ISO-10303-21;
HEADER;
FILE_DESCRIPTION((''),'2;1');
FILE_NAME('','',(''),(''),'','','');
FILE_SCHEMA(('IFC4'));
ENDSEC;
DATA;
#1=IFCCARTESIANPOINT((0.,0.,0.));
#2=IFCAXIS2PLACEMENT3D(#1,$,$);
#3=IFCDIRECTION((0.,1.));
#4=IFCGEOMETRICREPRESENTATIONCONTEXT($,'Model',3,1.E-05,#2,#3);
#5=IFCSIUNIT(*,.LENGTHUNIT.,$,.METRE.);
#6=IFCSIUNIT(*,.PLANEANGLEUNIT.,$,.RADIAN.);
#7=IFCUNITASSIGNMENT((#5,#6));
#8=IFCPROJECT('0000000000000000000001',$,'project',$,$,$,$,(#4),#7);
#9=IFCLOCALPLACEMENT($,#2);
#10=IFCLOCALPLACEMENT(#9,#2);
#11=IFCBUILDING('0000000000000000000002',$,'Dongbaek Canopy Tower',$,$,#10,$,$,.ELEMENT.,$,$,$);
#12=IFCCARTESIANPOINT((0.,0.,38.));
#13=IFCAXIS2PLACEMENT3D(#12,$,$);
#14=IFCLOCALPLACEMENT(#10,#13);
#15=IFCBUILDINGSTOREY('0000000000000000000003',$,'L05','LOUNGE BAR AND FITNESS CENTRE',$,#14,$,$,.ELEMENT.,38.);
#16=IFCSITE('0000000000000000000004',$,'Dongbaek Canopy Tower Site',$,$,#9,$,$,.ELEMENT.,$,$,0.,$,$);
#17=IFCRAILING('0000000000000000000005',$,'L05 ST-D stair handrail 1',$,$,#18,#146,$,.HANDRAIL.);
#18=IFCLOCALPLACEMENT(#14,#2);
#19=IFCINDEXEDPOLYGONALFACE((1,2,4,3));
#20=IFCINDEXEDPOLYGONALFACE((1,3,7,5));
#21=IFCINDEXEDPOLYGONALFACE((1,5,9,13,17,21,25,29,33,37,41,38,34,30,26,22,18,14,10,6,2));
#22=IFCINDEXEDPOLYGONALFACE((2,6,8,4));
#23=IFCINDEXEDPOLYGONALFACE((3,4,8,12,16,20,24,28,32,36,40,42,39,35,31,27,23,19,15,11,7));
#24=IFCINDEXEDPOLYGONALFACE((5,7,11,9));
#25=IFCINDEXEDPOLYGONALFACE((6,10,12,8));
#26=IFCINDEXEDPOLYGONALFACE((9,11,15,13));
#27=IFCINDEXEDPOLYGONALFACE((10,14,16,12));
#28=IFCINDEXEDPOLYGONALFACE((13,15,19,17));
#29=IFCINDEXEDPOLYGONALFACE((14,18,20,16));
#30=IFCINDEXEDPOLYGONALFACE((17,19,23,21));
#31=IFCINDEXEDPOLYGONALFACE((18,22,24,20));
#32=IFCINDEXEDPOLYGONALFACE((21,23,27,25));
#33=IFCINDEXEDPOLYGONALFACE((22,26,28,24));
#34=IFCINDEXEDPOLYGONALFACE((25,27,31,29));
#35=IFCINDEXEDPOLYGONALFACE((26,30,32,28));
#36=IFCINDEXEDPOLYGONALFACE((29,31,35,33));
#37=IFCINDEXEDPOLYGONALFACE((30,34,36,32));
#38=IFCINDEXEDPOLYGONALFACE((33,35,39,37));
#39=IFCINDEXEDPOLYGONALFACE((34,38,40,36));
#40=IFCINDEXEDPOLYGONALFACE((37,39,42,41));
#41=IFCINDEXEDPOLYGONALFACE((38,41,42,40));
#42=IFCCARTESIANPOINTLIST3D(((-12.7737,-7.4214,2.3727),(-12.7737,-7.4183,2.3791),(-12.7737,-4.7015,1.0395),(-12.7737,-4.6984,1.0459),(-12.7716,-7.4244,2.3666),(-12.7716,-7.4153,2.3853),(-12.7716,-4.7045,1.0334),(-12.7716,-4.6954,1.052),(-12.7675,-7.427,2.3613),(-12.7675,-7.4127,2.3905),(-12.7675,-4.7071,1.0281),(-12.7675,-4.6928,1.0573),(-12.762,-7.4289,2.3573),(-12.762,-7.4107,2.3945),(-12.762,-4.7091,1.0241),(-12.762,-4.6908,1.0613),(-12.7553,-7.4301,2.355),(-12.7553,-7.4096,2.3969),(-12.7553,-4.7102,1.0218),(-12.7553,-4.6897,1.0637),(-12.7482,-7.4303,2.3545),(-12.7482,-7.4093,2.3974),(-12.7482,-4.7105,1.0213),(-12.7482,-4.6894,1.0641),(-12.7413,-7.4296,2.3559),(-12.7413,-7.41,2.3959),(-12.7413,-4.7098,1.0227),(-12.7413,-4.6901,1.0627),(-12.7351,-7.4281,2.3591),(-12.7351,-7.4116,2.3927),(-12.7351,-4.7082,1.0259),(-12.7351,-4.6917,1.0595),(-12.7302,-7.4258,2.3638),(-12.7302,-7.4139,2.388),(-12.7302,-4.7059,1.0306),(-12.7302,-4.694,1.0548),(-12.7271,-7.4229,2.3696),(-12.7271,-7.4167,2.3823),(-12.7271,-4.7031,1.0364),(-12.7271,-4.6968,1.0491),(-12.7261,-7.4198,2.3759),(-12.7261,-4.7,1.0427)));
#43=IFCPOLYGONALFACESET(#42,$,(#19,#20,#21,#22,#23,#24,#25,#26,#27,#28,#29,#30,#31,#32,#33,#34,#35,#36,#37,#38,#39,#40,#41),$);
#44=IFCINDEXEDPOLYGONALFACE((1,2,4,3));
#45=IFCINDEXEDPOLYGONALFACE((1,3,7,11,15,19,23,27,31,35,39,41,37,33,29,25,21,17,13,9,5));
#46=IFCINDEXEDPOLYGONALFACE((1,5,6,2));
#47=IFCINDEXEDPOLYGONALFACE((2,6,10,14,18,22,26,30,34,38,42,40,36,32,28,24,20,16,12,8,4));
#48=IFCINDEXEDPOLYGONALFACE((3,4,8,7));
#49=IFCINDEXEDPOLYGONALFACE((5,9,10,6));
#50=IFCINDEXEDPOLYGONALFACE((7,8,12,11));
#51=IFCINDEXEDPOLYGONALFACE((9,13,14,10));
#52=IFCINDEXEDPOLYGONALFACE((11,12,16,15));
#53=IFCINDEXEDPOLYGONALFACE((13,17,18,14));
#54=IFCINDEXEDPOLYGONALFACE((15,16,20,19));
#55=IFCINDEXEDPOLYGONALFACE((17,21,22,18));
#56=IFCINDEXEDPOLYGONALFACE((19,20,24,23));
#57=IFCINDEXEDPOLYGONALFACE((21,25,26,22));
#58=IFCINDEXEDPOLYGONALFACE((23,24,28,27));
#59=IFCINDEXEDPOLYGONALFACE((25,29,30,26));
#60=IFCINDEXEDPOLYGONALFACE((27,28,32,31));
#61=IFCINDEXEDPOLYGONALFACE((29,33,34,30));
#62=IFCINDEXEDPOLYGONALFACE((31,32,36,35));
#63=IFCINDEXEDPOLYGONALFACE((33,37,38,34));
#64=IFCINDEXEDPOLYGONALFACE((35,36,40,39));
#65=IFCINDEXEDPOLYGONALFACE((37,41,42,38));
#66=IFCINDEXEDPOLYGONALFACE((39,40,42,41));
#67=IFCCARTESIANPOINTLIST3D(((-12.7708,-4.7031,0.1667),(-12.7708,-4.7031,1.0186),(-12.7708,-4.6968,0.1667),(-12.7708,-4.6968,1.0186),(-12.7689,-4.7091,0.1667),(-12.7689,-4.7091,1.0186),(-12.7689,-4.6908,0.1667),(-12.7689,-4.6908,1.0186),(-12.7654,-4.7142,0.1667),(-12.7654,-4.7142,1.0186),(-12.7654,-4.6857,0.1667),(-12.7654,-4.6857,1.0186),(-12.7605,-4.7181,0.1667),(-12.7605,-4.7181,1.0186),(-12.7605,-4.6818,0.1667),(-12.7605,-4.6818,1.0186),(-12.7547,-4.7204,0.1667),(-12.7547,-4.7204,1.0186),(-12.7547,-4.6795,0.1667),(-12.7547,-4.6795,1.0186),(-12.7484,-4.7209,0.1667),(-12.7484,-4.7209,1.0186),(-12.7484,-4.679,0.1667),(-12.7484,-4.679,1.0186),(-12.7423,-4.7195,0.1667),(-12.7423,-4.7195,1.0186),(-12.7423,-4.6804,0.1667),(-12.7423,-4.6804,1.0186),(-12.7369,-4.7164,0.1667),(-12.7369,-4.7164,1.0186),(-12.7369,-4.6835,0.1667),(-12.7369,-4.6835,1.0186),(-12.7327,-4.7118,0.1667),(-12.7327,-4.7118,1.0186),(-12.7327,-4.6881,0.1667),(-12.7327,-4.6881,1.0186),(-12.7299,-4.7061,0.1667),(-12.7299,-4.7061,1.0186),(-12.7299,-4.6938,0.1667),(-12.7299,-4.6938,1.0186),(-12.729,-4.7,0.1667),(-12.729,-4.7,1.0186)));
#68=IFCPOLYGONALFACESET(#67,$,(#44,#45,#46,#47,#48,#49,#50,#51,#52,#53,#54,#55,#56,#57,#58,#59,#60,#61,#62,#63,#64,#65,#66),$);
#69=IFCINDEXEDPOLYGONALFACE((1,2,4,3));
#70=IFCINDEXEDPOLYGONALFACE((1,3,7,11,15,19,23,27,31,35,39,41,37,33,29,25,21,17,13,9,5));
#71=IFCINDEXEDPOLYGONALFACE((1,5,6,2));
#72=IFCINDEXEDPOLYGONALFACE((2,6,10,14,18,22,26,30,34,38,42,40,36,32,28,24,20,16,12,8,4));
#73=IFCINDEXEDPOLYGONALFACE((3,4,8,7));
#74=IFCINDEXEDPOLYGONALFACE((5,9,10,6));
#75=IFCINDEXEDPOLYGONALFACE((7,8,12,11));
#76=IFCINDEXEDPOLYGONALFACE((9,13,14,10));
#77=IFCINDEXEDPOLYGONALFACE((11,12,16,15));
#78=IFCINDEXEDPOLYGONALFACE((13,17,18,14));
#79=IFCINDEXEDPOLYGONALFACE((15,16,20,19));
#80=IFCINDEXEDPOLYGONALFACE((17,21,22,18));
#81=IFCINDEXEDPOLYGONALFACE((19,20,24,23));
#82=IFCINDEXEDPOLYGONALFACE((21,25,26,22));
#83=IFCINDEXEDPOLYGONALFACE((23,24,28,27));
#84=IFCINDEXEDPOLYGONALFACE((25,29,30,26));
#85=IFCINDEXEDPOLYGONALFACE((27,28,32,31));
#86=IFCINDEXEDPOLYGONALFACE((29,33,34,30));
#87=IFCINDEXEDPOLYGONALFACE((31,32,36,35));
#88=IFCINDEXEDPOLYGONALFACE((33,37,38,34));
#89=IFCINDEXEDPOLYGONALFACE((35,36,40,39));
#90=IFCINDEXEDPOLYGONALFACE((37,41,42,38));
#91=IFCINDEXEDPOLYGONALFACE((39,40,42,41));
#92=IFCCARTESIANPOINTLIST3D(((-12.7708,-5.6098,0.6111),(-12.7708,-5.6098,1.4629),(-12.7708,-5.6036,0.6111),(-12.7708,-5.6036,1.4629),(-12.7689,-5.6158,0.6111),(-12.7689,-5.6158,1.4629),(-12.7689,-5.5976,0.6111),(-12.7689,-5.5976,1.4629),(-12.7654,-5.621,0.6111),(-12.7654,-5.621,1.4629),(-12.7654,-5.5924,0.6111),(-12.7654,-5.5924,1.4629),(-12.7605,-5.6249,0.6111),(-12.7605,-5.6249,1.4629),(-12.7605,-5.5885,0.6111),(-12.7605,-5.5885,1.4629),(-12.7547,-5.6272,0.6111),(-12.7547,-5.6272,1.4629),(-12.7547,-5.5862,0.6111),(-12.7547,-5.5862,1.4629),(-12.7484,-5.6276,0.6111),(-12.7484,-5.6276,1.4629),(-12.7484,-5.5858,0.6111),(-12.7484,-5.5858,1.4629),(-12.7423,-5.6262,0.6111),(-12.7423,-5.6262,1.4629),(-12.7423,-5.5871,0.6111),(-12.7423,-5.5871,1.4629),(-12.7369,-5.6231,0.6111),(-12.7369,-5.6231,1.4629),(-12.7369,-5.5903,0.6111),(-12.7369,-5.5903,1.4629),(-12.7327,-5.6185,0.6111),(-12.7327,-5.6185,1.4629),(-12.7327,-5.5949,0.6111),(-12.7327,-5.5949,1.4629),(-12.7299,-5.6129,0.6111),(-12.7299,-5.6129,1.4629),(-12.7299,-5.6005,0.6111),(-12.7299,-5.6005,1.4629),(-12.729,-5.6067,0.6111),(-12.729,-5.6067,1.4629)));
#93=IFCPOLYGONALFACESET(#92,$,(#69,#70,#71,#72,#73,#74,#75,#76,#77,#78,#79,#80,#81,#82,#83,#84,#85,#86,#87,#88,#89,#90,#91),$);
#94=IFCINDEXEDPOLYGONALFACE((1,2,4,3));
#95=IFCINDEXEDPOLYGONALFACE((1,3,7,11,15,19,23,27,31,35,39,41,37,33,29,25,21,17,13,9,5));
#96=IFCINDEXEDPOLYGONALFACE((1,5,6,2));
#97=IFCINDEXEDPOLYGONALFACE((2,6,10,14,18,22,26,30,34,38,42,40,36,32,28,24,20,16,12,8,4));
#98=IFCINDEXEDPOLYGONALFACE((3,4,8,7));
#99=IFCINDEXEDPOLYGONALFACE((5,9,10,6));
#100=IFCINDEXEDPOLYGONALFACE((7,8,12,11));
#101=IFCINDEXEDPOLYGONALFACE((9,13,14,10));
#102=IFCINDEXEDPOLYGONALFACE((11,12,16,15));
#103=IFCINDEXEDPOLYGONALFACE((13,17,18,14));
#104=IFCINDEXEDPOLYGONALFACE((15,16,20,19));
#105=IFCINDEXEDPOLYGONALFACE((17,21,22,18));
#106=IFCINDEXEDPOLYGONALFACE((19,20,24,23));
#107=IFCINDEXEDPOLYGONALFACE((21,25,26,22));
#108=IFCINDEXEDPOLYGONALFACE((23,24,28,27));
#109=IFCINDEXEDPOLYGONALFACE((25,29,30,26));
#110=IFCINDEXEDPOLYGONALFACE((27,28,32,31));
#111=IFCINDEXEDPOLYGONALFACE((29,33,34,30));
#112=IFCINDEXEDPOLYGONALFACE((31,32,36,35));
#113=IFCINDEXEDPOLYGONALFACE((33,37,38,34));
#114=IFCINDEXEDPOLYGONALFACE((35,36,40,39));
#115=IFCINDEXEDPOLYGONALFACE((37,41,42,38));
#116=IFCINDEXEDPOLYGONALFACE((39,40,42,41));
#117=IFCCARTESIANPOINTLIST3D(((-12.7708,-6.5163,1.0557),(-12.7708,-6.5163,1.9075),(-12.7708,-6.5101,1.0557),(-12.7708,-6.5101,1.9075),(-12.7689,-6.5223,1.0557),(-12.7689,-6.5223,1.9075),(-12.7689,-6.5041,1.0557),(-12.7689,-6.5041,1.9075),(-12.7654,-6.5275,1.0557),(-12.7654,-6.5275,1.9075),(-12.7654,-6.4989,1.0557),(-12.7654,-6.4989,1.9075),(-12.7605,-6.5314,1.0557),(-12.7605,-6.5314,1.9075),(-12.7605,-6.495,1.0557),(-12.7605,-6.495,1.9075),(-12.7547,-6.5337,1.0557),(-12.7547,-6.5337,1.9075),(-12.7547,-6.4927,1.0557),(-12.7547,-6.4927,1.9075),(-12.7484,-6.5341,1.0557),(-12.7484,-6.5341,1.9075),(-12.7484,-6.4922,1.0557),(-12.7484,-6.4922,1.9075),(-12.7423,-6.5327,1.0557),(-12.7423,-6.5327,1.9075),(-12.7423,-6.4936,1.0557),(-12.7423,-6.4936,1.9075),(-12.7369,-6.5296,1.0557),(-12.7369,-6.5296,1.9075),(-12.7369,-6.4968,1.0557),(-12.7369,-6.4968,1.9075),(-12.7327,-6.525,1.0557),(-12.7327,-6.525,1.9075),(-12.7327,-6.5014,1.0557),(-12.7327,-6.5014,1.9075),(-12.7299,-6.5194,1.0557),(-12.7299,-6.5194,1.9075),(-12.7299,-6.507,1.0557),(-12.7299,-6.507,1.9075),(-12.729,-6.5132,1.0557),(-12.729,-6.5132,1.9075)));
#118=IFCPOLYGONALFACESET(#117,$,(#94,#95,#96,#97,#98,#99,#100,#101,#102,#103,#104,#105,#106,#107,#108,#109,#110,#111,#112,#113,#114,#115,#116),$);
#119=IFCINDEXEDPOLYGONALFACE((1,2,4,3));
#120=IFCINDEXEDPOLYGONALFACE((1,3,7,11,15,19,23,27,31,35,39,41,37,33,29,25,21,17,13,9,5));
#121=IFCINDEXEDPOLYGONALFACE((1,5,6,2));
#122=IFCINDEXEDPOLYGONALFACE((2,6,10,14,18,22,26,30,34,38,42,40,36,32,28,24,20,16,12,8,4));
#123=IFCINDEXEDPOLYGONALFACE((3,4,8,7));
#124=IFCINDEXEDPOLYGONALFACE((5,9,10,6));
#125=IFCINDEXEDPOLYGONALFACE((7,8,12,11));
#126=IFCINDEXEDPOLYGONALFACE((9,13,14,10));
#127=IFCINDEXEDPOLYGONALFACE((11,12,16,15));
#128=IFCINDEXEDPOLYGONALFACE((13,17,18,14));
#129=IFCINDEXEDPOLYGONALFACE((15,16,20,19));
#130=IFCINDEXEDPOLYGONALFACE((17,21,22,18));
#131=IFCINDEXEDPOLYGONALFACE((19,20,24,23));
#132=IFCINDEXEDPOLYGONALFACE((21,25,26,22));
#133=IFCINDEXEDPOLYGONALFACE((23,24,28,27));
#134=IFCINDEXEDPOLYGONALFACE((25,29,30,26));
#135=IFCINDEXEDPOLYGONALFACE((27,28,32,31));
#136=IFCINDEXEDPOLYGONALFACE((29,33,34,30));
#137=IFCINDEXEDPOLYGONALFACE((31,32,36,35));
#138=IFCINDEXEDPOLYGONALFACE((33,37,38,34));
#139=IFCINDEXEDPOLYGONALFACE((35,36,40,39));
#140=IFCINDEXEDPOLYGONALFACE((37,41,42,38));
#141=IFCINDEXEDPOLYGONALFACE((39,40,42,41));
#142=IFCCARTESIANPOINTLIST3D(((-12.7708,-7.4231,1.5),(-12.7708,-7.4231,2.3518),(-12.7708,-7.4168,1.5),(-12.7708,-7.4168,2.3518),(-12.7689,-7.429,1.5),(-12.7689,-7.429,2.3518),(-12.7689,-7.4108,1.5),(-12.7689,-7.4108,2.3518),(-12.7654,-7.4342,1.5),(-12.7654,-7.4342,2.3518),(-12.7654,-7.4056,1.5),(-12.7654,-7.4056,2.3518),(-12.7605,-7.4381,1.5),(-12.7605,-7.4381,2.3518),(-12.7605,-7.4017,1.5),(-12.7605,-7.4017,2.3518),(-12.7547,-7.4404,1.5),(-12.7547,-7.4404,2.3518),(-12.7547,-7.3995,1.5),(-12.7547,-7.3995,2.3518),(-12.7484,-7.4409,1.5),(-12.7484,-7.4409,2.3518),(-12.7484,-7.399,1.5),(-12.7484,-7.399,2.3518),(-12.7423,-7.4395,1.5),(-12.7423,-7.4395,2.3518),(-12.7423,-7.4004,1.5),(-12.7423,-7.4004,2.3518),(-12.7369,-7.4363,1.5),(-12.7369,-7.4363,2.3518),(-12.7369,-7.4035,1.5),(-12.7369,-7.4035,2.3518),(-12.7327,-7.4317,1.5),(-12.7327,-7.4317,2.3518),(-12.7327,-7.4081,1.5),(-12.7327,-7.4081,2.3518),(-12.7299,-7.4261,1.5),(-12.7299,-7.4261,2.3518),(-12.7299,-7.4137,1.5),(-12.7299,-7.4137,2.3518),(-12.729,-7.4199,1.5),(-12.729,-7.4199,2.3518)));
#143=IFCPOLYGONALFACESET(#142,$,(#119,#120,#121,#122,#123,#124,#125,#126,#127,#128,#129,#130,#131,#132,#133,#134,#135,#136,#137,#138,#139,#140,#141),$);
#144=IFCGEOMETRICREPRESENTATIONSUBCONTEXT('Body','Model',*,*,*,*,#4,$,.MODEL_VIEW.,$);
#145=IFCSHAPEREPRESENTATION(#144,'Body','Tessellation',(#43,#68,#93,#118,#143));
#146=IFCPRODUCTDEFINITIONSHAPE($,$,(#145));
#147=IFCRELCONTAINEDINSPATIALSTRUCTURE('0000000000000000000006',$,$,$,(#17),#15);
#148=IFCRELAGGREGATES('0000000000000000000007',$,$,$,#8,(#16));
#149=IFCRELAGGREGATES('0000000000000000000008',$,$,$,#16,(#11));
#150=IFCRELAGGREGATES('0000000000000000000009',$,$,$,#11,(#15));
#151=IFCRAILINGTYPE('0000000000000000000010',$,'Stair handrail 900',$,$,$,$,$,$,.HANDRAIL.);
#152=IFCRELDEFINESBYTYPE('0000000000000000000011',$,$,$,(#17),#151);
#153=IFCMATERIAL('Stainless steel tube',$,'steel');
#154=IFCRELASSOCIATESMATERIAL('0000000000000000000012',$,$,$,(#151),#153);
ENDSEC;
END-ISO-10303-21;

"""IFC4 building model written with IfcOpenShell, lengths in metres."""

from ifc_helpers import new_model, si_unit, direction, frame, origin, origin_2d, place, context, subcontext, project, spatial, circle, extrude, material, type_object, element, save


model = new_model("IFC4")

# Units and contexts
model_context = context("Model", 3, precision=1e-05, world=origin(), true_north=direction((0.0, 1.0)))
body_context = subcontext(model_context, "Body", "Model", "MODEL_VIEW")
ifc_project = project(units=[si_unit("LENGTHUNIT", "METRE"), si_unit("PLANEANGLEUNIT", "RADIAN")], contexts=[model_context])

# Site, building, storey
site_placement = place(None, origin())
site = spatial("IfcSite", under=ifc_project, at=site_placement, Name="Dongbaek Canopy Tower Site", CompositionType="ELEMENT", RefElevation=0.0)
building_placement = place(site_placement, origin())
building = spatial("IfcBuilding", under=site, at=building_placement, Name="Dongbaek Canopy Tower", CompositionType="ELEMENT")
storey_placement = place(building_placement, frame((0.0, 0.0, 38.0)))
storey = spatial("IfcBuildingStorey", under=building, at=storey_placement, Name="L05", Description="LOUNGE BAR AND FITNESS CENTRE", CompositionType="ELEMENT", Elevation=38.0)

# Railing
ifc_material_1 = material(Name="Stainless steel tube", Category="steel")
railing_type_1 = type_object("IfcRailingType", Name="Stair handrail 900", PredefinedType="HANDRAIL", material=ifc_material_1)
railing_1_placement = place(storey_placement, frame((-12.75, -4.7, 0.1667)))
element("IfcRailing", 1, at=railing_1_placement, inside=storey, type_object=railing_type_1, Name="L05 ST-D stair handrail 1", PredefinedType="HANDRAIL", context=body_context, shape_type="SweptSolid", body=[
    extrude(circle(Radius=0.0239, at=origin_2d()), frame((0.0, 0.0, 0.876), z_axis=(0.0, -0.897929, 0.440139), x_axis=(1.0, 0.0, 0.0)), (0.0, 0.0, 1.0), 3.0291),
    extrude(circle(Radius=0.021, at=origin_2d()), origin(), (0.0, 0.0, 1.0), 0.8518),
    extrude(circle(Radius=0.021, at=origin_2d()), frame((0.0, -0.9067, 0.4443)), (0.0, 0.0, 1.0), 0.8518),
    extrude(circle(Radius=0.021, at=origin_2d()), frame((0.0, -1.8132, 0.8889)), (0.0, 0.0, 1.0), 0.8518),
    extrude(circle(Radius=0.021, at=origin_2d()), frame((0.0, -2.72, 1.3333)), (0.0, 0.0, 1.0), 0.8518),
])

save(model, "model.ifc")
